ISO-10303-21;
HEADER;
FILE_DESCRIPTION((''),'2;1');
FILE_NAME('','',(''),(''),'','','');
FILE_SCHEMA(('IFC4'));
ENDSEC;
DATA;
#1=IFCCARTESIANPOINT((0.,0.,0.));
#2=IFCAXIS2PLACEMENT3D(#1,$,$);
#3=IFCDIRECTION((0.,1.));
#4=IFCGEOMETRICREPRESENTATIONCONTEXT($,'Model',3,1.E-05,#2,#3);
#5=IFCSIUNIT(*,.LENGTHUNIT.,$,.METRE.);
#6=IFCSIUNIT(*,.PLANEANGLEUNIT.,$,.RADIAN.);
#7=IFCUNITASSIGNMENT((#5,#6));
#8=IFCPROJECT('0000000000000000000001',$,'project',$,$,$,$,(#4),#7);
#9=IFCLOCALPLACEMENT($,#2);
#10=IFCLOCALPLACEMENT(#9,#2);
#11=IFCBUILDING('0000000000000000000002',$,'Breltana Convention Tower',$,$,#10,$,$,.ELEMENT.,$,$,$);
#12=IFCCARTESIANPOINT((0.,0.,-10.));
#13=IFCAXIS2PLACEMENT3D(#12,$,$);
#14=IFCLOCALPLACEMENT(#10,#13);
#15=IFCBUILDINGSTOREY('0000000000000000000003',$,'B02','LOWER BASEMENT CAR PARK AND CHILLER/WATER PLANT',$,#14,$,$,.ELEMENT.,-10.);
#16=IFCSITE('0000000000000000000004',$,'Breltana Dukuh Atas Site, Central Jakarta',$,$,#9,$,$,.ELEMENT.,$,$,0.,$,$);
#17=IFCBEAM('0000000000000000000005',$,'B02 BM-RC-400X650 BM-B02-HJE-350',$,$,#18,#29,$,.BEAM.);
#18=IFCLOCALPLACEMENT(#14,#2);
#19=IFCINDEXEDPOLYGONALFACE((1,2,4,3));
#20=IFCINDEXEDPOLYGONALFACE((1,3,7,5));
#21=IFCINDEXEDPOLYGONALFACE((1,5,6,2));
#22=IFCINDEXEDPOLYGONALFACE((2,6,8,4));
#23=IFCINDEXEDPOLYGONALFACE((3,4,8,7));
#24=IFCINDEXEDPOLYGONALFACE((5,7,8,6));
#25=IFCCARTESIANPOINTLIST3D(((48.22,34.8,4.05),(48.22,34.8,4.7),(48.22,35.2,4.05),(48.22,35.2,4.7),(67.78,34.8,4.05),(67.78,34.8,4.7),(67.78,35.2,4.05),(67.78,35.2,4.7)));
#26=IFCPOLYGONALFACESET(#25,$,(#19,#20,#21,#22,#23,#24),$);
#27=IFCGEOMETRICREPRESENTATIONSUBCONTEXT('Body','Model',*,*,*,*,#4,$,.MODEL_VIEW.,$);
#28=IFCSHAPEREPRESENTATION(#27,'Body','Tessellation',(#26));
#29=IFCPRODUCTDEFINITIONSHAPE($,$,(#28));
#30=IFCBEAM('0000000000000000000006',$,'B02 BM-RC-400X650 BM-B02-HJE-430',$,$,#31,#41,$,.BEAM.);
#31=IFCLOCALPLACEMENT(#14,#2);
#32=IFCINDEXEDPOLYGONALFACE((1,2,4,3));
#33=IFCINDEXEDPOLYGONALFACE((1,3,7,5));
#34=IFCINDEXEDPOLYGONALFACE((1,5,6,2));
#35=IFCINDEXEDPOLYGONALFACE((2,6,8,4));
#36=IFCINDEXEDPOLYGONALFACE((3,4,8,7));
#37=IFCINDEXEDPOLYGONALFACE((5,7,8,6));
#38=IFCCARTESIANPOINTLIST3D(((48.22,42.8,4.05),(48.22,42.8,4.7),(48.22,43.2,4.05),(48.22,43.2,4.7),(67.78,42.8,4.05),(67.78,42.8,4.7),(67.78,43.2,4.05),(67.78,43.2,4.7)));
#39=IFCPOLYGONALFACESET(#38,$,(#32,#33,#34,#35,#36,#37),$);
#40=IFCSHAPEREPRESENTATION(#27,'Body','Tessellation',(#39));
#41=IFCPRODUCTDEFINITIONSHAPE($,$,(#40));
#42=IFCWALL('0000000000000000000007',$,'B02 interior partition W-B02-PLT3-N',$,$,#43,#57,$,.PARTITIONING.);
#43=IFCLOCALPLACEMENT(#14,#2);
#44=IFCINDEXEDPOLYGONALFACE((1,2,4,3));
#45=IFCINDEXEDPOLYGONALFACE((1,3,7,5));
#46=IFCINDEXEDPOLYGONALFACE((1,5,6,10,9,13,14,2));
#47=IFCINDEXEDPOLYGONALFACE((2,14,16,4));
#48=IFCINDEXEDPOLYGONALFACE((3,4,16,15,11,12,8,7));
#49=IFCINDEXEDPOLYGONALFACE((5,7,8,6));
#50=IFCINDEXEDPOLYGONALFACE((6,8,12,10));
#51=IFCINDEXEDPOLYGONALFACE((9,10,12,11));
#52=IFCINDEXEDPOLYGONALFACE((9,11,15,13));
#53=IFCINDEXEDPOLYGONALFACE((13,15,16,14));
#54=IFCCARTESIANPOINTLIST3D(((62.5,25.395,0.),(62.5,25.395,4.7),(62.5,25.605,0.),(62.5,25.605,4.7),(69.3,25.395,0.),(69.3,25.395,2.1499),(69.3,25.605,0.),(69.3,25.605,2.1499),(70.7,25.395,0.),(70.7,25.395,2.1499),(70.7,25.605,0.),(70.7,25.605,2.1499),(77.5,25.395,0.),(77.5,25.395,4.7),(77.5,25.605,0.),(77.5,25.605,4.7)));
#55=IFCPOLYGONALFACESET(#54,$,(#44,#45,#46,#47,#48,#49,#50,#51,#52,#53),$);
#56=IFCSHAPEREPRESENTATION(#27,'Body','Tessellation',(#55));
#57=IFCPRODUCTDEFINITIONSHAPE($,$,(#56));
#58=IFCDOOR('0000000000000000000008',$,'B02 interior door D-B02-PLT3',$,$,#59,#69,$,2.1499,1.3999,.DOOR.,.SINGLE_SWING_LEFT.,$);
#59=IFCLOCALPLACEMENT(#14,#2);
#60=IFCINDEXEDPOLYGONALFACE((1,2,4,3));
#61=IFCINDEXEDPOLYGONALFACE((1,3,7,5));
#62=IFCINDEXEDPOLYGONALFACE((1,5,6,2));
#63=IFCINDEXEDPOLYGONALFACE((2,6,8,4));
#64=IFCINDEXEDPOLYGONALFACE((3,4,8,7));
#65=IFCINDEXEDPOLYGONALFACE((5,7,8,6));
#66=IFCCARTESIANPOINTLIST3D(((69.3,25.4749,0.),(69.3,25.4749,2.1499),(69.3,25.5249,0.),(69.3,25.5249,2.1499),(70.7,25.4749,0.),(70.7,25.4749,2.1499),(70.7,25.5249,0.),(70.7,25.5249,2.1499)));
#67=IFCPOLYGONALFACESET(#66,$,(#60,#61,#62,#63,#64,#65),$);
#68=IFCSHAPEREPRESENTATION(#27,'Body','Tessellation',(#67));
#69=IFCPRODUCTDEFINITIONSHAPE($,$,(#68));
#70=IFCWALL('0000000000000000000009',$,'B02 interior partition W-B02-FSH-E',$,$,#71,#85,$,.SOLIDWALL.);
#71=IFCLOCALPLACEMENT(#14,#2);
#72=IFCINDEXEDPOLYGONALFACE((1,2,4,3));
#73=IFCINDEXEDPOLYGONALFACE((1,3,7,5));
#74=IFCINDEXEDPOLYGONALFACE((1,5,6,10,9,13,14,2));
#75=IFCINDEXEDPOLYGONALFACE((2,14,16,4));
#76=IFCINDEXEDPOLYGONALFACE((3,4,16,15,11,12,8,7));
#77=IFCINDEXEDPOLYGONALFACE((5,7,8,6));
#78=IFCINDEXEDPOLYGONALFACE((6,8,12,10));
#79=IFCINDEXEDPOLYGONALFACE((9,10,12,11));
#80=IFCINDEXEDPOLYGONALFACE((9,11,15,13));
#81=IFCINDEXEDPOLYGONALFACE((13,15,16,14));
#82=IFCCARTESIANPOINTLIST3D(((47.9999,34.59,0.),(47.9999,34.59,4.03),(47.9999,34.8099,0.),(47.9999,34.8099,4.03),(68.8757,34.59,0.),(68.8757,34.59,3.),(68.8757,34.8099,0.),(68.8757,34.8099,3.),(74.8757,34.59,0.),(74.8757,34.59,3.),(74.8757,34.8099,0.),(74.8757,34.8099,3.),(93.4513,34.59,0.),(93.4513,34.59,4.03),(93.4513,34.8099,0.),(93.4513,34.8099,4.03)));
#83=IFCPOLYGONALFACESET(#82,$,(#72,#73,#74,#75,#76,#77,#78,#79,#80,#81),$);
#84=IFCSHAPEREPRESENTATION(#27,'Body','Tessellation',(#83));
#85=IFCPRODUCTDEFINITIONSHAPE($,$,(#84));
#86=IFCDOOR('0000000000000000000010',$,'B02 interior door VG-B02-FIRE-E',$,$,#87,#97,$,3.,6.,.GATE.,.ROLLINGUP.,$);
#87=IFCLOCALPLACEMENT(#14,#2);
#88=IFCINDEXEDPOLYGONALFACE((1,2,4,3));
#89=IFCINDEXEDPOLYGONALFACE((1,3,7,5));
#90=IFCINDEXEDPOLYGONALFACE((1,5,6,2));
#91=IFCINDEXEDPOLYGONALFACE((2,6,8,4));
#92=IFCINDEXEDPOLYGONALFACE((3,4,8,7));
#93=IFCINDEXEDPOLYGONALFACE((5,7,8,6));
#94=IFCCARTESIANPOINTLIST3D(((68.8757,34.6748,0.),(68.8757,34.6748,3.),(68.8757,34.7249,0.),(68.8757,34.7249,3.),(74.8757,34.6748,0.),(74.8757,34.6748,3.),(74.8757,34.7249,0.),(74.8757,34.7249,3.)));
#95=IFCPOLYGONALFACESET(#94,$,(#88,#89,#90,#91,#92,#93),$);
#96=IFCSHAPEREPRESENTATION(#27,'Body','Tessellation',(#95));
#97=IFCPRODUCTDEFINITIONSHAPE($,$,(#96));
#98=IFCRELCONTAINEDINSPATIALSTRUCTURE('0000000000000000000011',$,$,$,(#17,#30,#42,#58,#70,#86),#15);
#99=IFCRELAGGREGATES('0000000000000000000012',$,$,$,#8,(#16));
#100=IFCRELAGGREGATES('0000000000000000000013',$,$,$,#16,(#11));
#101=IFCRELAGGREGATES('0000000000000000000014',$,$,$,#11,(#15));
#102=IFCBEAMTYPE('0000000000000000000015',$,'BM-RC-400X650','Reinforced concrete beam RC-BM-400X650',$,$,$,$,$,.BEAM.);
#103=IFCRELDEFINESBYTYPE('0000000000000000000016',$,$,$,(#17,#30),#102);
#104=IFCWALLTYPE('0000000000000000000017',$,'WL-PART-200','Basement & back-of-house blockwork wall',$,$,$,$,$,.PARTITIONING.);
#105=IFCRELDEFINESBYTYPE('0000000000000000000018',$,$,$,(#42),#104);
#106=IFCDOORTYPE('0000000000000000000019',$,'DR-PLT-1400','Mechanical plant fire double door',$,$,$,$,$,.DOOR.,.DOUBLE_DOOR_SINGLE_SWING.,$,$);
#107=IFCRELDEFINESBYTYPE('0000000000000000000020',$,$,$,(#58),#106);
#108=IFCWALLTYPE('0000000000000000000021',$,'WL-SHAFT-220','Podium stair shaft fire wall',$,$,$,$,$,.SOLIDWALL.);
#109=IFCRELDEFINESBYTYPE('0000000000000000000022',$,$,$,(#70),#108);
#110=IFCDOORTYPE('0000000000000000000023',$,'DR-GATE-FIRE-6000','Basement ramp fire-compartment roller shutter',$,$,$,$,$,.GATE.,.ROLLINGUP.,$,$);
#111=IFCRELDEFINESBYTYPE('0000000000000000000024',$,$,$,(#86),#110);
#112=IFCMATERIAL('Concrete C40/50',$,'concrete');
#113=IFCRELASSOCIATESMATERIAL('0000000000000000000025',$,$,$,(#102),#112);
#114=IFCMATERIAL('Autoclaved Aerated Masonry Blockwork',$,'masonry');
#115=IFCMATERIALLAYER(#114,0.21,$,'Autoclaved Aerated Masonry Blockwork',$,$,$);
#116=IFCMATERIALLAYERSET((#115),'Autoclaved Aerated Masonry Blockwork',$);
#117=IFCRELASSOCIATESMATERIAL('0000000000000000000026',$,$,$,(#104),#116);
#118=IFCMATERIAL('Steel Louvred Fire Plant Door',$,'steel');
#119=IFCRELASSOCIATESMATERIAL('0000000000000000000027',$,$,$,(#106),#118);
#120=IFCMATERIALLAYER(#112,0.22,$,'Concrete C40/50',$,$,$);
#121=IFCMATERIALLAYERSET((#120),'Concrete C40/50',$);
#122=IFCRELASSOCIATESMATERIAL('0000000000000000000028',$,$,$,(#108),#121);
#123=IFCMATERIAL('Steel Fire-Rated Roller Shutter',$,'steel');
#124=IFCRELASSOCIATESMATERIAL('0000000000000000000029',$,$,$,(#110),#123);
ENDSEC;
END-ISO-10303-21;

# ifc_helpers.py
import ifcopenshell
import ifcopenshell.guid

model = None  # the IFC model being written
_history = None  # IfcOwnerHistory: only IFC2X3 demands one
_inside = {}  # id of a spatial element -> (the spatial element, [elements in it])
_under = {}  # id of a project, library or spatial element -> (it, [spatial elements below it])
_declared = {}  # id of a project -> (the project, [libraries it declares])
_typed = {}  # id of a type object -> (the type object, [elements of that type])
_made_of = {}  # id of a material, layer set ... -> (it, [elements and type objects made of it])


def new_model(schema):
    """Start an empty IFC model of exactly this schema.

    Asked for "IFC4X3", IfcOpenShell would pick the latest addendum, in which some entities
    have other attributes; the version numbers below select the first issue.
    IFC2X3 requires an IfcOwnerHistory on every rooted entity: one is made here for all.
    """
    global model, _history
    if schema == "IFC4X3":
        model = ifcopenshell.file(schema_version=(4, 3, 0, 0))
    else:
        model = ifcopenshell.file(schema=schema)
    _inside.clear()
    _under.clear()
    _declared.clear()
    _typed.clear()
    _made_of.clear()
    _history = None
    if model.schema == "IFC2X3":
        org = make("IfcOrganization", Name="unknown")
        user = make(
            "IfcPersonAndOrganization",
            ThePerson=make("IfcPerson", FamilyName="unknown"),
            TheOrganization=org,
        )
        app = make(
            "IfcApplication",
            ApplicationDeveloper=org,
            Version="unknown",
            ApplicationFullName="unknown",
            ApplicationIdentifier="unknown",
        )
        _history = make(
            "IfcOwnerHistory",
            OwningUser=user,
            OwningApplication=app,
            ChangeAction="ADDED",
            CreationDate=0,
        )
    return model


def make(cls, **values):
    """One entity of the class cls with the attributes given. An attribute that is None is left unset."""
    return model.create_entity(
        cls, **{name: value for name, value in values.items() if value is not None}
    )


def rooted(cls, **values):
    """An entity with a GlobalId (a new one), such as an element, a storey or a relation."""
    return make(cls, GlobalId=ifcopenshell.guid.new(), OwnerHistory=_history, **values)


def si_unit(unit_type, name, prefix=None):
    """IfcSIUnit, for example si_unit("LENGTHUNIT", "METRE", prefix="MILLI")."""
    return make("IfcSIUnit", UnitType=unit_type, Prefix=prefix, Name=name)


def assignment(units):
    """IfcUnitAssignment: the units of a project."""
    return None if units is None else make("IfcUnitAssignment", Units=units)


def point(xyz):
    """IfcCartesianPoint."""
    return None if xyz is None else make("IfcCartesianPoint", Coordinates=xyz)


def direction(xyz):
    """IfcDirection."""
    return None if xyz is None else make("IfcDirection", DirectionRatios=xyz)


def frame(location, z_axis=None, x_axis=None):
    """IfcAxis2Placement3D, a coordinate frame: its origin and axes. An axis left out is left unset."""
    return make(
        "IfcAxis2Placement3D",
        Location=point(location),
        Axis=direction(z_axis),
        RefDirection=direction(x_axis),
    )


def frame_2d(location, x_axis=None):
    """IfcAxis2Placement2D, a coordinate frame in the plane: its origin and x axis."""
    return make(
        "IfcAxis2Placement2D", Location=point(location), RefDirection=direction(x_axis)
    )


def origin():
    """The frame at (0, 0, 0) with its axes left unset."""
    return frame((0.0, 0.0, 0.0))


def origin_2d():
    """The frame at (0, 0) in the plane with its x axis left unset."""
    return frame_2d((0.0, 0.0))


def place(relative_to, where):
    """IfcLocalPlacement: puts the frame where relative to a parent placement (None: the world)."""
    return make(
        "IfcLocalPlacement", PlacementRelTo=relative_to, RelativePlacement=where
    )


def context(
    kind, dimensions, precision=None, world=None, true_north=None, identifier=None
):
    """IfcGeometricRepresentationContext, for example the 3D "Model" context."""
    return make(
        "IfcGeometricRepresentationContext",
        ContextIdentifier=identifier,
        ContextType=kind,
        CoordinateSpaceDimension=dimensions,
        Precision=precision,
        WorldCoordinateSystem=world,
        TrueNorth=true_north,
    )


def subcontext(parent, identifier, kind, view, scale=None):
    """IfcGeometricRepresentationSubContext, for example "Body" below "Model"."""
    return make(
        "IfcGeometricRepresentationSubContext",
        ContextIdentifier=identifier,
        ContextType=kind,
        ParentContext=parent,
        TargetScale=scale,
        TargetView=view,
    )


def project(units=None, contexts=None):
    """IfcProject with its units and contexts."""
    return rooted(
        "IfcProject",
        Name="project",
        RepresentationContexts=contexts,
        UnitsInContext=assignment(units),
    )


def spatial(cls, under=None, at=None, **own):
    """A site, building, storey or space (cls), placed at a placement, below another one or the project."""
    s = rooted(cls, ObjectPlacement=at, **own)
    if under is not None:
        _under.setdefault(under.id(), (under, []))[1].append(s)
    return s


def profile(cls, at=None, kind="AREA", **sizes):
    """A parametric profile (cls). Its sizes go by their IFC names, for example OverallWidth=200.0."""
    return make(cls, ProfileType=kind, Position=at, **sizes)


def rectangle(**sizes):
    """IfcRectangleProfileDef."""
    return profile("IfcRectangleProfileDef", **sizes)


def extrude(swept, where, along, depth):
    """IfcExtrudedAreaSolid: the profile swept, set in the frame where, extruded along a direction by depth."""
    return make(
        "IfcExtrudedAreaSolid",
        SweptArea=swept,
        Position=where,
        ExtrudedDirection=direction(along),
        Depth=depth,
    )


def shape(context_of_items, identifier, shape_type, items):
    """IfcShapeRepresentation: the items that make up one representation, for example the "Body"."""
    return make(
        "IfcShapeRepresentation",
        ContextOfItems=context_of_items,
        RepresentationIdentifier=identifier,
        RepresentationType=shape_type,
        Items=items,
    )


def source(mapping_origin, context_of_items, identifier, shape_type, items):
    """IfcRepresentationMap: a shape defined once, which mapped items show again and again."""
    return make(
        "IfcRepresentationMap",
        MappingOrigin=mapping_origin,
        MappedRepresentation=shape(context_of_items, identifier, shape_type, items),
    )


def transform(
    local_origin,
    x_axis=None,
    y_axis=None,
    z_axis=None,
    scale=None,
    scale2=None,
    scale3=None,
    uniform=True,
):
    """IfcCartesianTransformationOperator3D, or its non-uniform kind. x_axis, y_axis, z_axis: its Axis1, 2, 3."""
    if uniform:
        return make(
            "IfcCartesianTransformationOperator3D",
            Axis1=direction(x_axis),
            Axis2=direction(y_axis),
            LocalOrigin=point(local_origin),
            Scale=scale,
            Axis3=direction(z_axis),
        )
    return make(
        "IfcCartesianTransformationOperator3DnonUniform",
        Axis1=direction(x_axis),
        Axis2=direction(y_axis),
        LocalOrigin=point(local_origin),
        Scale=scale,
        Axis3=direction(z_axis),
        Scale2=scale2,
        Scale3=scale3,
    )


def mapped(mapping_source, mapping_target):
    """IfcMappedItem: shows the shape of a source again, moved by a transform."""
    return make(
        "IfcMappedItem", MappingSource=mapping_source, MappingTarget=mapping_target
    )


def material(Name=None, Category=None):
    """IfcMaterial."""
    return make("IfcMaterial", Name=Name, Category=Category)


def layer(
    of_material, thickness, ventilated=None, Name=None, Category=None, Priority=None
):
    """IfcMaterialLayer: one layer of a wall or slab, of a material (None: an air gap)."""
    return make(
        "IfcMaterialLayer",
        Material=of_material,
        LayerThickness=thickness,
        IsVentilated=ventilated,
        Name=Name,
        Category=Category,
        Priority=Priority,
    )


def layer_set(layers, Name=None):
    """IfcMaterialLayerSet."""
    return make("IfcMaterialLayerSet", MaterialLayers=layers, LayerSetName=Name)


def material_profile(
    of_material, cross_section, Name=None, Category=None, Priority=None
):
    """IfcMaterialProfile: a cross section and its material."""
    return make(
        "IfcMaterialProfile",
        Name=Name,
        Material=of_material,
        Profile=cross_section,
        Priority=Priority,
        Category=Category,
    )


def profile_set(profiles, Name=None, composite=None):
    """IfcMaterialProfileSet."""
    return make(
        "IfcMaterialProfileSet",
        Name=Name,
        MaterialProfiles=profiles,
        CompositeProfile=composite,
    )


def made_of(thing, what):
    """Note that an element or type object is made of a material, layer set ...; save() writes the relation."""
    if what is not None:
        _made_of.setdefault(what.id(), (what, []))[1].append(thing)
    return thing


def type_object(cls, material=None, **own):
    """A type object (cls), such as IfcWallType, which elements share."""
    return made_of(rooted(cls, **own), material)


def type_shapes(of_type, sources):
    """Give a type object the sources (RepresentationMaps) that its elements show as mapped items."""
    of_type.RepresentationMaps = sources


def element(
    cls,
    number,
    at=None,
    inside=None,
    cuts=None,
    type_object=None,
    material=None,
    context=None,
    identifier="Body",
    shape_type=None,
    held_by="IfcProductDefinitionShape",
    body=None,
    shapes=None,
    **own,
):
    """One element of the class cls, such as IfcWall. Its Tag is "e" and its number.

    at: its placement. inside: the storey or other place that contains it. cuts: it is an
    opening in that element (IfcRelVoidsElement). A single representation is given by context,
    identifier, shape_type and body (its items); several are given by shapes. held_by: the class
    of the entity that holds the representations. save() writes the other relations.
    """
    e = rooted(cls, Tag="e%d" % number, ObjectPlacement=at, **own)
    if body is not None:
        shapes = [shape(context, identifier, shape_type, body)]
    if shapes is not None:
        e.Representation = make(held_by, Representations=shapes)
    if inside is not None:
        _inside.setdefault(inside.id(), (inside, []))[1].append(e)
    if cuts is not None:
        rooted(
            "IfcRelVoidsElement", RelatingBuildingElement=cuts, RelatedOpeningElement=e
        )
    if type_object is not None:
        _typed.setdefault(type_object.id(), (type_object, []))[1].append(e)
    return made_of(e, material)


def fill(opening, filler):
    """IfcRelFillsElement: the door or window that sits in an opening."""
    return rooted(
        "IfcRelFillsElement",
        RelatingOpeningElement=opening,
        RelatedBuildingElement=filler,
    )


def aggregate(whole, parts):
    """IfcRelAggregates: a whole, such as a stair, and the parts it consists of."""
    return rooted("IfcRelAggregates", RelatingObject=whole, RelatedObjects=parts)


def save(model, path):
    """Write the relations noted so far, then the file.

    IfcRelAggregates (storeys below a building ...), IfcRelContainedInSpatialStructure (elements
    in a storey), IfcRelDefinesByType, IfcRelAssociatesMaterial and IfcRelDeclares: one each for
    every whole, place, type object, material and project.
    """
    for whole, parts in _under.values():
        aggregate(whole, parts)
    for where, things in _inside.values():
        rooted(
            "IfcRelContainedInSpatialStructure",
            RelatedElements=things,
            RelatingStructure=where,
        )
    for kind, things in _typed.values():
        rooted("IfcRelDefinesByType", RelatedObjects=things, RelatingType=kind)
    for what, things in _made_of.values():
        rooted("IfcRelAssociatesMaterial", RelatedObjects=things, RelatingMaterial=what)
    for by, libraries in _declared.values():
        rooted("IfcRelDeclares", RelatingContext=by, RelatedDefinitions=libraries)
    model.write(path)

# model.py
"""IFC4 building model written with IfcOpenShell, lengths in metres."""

from ifc_helpers import new_model, si_unit, direction, frame, frame_2d, origin, origin_2d, place, context, subcontext, project, spatial, rectangle, extrude, source, transform, mapped, material, layer, layer_set, material_profile, profile_set, type_object, type_shapes, element, fill, save


model = new_model("IFC4")

# Units and contexts
model_context = context("Model", 3, precision=1e-05, world=origin(), true_north=direction((0.0, 1.0)))
body_context = subcontext(model_context, "Body", "Model", "MODEL_VIEW")
ifc_project = project(units=[si_unit("LENGTHUNIT", "METRE"), si_unit("PLANEANGLEUNIT", "RADIAN")], contexts=[model_context])

# Site, building, storey
site_placement = place(None, origin())
site = spatial("IfcSite", under=ifc_project, at=site_placement, Name="Breltana Dukuh Atas Site, Central Jakarta", CompositionType="ELEMENT", RefElevation=0.0)
building_placement = place(site_placement, origin())
building = spatial("IfcBuilding", under=site, at=building_placement, Name="Breltana Convention Tower", CompositionType="ELEMENT")
storey_placement = place(building_placement, frame((0.0, 0.0, -10.0)))
storey = spatial("IfcBuildingStorey", under=building, at=storey_placement, Name="B02", Description="LOWER BASEMENT CAR PARK AND CHILLER/WATER PLANT", CompositionType="ELEMENT", Elevation=-10.0)

# Shared definitions
ifc_material_1 = material(Name="Concrete C40/50", Category="concrete")

# Beams
ifc_material_profile_1 = material_profile(ifc_material_1, rectangle(XDim=0.3999, YDim=0.6499, at=origin_2d()), Name="RC-BM-400X650")
ifc_profile_set_1 = profile_set([ifc_material_profile_1], Name="Concrete C40/50")
beam_type_1 = type_object("IfcBeamType", Name="BM-RC-400X650", Description="Reinforced concrete beam RC-BM-400X650", PredefinedType="BEAM", material=ifc_profile_set_1)
shared_shape_1 = source(origin(), body_context, "Body", "SweptSolid", [
    extrude(rectangle(XDim=0.3999, YDim=0.6499, at=origin_2d()), origin(), (0.0, 0.0, 1.0), 19.5601),
])
type_shapes(beam_type_1, [shared_shape_1])
for number, where, z_axis, x_axis, name in (
    (1, (48.22, 35.0, 4.375), (1.0, 0.0, 0.0), (0.0, 1.0, 0.0), "B02 BM-RC-400X650 BM-B02-HJE-350"),
    (2, (48.22, 43.0, 4.375), (1.0, 0.0, 0.0), (0.0, 1.0, 0.0), "B02 BM-RC-400X650 BM-B02-HJE-430"),
):
    element("IfcBeam", number, at=place(storey_placement, frame(where, z_axis=z_axis, x_axis=x_axis)), inside=storey, type_object=beam_type_1, Name=name, PredefinedType="BEAM", context=body_context, shape_type="MappedRepresentation", body=[
        mapped(shared_shape_1, transform((0.0, 0.0, 0.0), scale=1.0)),
    ])

# Walls, openings, doors
ifc_material_2 = material(Name="Autoclaved Aerated Masonry Blockwork", Category="masonry")
ifc_layer_1 = layer(ifc_material_2, 0.21, Name="Autoclaved Aerated Masonry Blockwork")
ifc_layer_set_1 = layer_set([ifc_layer_1], Name="Autoclaved Aerated Masonry Blockwork")
wall_type_1 = type_object("IfcWallType", Name="WL-PART-200", Description="Basement & back-of-house blockwork wall", PredefinedType="PARTITIONING", material=ifc_layer_set_1)
shared_shape_2 = source(origin(), body_context, "Body", "SweptSolid", [
    extrude(rectangle(XDim=15.0, YDim=0.21, at=frame_2d((7.5, 0.0))), origin(), (0.0, 0.0, 1.0), 4.7),
])
type_shapes(wall_type_1, [shared_shape_2])
wall_1_placement = place(storey_placement, frame((62.5, 25.5, 0.0), z_axis=(0.0, 0.0, 1.0), x_axis=(1.0, 0.0, 0.0)))
wall_1 = element("IfcWall", 3, at=wall_1_placement, inside=storey, type_object=wall_type_1, Name="B02 interior partition W-B02-PLT3-N", PredefinedType="PARTITIONING", context=body_context, shape_type="MappedRepresentation", body=[
    mapped(shared_shape_2, transform((0.0, 0.0, 0.0), scale=1.0)),
])
opening_1_placement = place(wall_1_placement, frame((6.8, 0.0, 0.0)))
opening_1 = element("IfcOpeningElement", 4, at=opening_1_placement, cuts=wall_1, PredefinedType="OPENING", context=body_context, shape_type="SweptSolid", body=[
    extrude(rectangle(XDim=1.3999, YDim=2.1499, at=frame_2d((0.7, 1.075))), frame((0.0, 0.115, 0.0), z_axis=(0.0, -1.0, 0.0), x_axis=(1.0, 0.0, 0.0)), (0.0, 0.0, 1.0), 0.23),
])
ifc_material_3 = material(Name="Steel Louvred Fire Plant Door", Category="steel")
door_type_1 = type_object("IfcDoorType", Name="DR-PLT-1400", Description="Mechanical plant fire double door", OperationType="DOUBLE_DOOR_SINGLE_SWING", PredefinedType="DOOR", material=ifc_material_3)
shared_shape_3 = source(origin(), body_context, "Body", "SweptSolid", [
    extrude(rectangle(XDim=1.3999, YDim=2.1499, at=frame_2d((0.7, 1.075))), frame((0.0, 0.0249, 0.0), z_axis=(0.0, -1.0, 0.0), x_axis=(1.0, 0.0, 0.0)), (0.0, 0.0, 1.0), 0.05),
])
type_shapes(door_type_1, [shared_shape_3])
door_1_placement = place(opening_1_placement, origin())
door_1 = element("IfcDoor", 5, at=door_1_placement, inside=storey, type_object=door_type_1, Name="B02 interior door D-B02-PLT3", OperationType="SINGLE_SWING_LEFT", OverallHeight=2.1499, OverallWidth=1.3999, PredefinedType="DOOR", context=body_context, shape_type="MappedRepresentation", body=[
    mapped(shared_shape_3, transform((0.0, 0.0, 0.0), scale=1.0)),
])
fill(opening_1, door_1)
ifc_layer_2 = layer(ifc_material_1, 0.22, Name="Concrete C40/50")
ifc_layer_set_2 = layer_set([ifc_layer_2], Name="Concrete C40/50")
wall_type_2 = type_object("IfcWallType", Name="WL-SHAFT-220", Description="Podium stair shaft fire wall", PredefinedType="SOLIDWALL", material=ifc_layer_set_2)
shared_shape_4 = source(origin(), body_context, "Body", "SweptSolid", [
    extrude(rectangle(XDim=45.4514, YDim=0.22, at=frame_2d((22.7256, 0.0))), origin(), (0.0, 0.0, 1.0), 4.03),
])
wall_2_placement = place(storey_placement, frame((48.0, 34.7, 0.0), z_axis=(0.0, 0.0, 1.0), x_axis=(1.0, 0.0, 0.0)))
wall_2 = element("IfcWall", 6, at=wall_2_placement, inside=storey, type_object=wall_type_2, Name="B02 interior partition W-B02-FSH-E", PredefinedType="SOLIDWALL", context=body_context, shape_type="MappedRepresentation", body=[
    mapped(shared_shape_4, transform((0.0, 0.0, 0.0), scale=1.0)),
])
opening_2_placement = place(wall_2_placement, frame((20.8757, 0.0, 0.0)))
opening_2 = element("IfcOpeningElement", 7, at=opening_2_placement, cuts=wall_2, PredefinedType="OPENING", context=body_context, shape_type="SweptSolid", body=[
    extrude(rectangle(XDim=6.0, YDim=3.0, at=frame_2d((3.0, 1.5))), frame((0.0, 0.1201, 0.0), z_axis=(0.0, -1.0, 0.0), x_axis=(1.0, 0.0, 0.0)), (0.0, 0.0, 1.0), 0.24),
])
ifc_material_4 = material(Name="Steel Fire-Rated Roller Shutter", Category="steel")
door_type_2 = type_object("IfcDoorType", Name="DR-GATE-FIRE-6000", Description="Basement ramp fire-compartment roller shutter", OperationType="ROLLINGUP", PredefinedType="GATE", material=ifc_material_4)
shared_shape_5 = source(origin(), body_context, "Body", "SweptSolid", [
    extrude(rectangle(XDim=6.0, YDim=3.0, at=frame_2d((3.0, 1.5))), frame((0.0, 0.0249, 0.0), z_axis=(0.0, -1.0, 0.0), x_axis=(1.0, 0.0, 0.0)), (0.0, 0.0, 1.0), 0.05),
])
type_shapes(door_type_2, [shared_shape_5])
door_2_placement = place(opening_2_placement, origin())
door_2 = element("IfcDoor", 8, at=door_2_placement, inside=storey, type_object=door_type_2, Name="B02 interior door VG-B02-FIRE-E", OperationType="ROLLINGUP", OverallHeight=3.0, OverallWidth=6.0, PredefinedType="GATE", context=body_context, shape_type="MappedRepresentation", body=[
    mapped(shared_shape_5, transform((0.0, 0.0, 0.0), scale=1.0)),
])
fill(opening_2, door_2)

save(model, "model.ifc")
